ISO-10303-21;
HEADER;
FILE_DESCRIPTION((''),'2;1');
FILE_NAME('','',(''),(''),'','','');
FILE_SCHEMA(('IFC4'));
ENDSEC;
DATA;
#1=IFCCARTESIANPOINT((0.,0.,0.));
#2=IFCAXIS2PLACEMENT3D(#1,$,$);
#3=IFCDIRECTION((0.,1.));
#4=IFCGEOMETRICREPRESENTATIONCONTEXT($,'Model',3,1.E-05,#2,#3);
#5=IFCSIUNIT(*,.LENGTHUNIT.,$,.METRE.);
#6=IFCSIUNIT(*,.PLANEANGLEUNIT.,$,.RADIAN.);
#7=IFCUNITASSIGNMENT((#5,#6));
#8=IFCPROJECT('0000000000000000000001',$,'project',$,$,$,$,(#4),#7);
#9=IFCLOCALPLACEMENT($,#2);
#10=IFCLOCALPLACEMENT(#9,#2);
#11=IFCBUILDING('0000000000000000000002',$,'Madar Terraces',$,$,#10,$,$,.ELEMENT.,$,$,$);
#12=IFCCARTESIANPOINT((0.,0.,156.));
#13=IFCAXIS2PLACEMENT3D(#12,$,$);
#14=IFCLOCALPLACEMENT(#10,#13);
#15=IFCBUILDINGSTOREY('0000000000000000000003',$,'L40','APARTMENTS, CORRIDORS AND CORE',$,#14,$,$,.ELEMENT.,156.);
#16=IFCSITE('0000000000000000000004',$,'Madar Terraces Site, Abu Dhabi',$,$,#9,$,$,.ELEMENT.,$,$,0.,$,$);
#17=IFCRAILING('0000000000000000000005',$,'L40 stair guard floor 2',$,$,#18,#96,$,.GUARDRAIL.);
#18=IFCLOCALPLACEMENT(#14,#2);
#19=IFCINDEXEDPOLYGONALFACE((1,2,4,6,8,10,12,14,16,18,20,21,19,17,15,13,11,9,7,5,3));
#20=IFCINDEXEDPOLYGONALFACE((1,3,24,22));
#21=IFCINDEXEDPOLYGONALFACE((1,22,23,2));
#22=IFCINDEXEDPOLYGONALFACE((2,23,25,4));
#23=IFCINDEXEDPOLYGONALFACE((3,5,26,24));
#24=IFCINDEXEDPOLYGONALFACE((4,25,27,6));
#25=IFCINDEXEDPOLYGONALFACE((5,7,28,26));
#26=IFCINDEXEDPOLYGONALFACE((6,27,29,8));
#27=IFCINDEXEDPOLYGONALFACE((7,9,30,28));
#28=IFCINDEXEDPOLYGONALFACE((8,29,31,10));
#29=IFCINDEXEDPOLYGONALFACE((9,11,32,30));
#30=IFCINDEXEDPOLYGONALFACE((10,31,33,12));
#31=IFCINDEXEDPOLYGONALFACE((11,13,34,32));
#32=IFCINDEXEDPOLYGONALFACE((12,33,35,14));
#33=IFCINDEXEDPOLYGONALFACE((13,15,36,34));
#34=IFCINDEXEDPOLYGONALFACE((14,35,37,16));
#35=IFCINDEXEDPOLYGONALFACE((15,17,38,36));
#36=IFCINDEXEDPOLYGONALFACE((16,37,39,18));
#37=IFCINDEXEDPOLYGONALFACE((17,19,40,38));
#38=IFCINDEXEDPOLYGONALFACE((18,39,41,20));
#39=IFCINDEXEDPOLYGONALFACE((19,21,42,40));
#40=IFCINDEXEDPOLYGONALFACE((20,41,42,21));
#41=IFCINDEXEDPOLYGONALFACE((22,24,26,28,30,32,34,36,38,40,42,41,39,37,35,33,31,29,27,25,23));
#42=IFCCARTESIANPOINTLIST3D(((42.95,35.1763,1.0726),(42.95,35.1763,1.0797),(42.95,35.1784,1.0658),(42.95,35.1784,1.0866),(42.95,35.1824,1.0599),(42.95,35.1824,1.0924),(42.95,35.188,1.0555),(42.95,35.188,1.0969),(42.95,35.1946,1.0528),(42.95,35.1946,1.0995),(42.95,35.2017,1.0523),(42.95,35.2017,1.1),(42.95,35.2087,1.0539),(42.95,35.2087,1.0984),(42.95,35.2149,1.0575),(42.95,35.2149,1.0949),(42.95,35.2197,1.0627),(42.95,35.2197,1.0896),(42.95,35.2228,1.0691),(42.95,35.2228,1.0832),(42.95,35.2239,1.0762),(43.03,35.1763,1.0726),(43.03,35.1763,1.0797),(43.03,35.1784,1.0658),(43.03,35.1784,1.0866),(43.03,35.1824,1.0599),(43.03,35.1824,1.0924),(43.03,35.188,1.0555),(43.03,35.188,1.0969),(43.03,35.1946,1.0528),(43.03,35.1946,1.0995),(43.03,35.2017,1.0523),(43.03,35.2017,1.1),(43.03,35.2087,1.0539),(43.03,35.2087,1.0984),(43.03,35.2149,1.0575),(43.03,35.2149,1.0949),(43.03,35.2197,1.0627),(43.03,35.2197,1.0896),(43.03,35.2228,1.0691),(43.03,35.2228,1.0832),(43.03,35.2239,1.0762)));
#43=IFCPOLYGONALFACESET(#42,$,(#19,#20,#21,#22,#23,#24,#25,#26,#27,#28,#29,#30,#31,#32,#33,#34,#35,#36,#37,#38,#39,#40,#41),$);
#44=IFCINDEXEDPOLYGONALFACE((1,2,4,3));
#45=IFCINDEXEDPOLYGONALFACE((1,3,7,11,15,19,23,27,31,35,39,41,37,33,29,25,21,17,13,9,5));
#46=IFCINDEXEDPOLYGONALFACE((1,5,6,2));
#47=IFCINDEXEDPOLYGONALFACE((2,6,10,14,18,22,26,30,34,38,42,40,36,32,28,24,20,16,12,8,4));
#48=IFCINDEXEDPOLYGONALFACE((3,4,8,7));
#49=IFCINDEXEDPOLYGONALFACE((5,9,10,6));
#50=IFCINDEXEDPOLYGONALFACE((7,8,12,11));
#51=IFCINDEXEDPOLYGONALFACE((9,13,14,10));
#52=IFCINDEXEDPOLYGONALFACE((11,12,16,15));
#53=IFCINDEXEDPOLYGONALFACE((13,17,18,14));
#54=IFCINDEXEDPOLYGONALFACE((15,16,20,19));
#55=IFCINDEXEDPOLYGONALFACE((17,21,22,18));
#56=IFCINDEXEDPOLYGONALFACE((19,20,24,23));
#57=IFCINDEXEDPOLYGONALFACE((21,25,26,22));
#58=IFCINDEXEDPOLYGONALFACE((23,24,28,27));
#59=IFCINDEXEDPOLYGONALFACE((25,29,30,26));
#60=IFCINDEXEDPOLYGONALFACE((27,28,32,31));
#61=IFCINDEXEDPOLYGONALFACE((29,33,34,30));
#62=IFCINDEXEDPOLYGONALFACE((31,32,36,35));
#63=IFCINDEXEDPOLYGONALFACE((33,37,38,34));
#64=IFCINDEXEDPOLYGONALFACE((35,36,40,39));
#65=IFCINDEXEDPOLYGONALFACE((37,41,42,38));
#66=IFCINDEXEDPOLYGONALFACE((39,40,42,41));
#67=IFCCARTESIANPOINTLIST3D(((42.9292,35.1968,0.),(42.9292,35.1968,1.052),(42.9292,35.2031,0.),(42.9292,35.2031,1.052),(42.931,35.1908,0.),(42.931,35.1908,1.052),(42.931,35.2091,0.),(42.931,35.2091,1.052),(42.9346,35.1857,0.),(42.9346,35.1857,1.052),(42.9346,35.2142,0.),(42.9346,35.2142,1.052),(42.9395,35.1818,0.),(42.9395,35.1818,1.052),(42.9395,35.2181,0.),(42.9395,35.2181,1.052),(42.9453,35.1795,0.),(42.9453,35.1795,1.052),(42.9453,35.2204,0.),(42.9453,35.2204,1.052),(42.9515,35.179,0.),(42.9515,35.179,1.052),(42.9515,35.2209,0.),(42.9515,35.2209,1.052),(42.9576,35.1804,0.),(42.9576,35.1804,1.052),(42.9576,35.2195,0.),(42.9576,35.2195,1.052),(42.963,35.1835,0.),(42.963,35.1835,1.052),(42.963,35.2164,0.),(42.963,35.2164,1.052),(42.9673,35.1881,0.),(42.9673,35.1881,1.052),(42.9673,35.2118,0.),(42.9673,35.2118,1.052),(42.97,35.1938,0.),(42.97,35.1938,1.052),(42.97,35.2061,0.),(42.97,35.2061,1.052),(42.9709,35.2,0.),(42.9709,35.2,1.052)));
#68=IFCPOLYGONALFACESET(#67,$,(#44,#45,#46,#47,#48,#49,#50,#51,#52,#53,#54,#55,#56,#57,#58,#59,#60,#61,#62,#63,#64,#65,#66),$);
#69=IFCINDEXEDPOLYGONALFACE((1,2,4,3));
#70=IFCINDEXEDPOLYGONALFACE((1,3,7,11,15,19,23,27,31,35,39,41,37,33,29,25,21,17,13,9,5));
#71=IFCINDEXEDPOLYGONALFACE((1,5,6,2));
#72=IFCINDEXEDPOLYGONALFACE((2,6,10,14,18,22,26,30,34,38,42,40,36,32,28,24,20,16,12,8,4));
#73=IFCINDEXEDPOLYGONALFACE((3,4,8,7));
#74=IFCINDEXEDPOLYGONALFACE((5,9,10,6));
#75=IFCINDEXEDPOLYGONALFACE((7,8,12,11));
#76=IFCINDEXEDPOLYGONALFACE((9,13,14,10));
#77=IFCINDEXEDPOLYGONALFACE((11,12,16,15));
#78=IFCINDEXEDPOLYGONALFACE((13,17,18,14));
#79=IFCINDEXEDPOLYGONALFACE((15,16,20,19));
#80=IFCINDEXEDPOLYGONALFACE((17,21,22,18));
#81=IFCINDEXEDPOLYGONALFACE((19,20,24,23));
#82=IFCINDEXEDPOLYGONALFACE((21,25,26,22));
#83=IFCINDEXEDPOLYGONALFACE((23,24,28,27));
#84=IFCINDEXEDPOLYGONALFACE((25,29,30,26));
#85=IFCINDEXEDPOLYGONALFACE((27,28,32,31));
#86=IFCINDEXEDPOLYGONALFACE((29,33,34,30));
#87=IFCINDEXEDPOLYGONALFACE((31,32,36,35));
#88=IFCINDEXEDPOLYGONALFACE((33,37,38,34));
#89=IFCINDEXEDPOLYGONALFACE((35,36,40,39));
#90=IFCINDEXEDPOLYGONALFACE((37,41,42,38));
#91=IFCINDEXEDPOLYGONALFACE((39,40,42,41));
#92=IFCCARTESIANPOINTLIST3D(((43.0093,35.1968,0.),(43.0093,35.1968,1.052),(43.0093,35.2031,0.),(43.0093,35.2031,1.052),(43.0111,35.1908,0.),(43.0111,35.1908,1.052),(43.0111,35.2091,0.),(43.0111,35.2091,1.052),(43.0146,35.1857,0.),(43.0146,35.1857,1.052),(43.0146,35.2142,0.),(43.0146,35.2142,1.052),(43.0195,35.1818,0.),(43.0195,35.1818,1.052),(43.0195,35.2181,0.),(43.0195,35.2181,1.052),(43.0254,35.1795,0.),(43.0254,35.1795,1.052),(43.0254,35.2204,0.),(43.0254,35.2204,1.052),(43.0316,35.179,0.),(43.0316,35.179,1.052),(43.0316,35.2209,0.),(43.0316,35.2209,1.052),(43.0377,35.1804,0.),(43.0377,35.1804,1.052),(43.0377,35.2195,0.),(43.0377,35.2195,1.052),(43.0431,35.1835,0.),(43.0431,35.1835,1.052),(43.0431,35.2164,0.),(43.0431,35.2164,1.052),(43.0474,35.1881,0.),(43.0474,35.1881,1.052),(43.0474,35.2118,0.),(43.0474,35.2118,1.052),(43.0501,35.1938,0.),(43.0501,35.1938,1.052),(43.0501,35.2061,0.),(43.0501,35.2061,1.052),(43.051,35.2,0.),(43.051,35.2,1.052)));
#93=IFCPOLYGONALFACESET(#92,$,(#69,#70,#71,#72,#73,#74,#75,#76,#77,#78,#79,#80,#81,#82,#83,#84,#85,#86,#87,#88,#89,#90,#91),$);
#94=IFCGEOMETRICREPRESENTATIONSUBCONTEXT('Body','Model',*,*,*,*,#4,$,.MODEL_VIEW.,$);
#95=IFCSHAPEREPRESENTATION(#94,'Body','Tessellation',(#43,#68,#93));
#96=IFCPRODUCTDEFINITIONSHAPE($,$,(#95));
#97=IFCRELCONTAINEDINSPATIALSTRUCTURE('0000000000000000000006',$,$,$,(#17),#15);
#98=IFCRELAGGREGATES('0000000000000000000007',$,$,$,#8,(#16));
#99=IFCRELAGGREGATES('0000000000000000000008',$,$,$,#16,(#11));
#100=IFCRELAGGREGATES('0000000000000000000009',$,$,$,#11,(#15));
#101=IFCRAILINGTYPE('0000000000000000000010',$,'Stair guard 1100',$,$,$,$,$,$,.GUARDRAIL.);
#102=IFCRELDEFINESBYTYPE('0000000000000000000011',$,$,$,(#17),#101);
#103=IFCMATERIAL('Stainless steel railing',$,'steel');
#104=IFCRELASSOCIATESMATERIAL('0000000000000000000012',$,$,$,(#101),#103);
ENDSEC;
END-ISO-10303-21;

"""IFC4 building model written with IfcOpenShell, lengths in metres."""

from ifc_helpers import new_model, si_unit, direction, frame, origin, origin_2d, place, context, subcontext, project, spatial, circle, extrude, material, type_object, element, save


model = new_model("IFC4")

# Units and contexts
model_context = context("Model", 3, precision=1e-05, world=origin(), true_north=direction((0.0, 1.0)))
body_context = subcontext(model_context, "Body", "Model", "MODEL_VIEW")
ifc_project = project(units=[si_unit("LENGTHUNIT", "METRE"), si_unit("PLANEANGLEUNIT", "RADIAN")], contexts=[model_context])

# Site, building, storey
site_placement = place(None, origin())
site = spatial("IfcSite", under=ifc_project, at=site_placement, Name="Madar Terraces Site, Abu Dhabi", CompositionType="ELEMENT", RefElevation=0.0)
building_placement = place(site_placement, origin())
building = spatial("IfcBuilding", under=site, at=building_placement, Name="Madar Terraces", CompositionType="ELEMENT")
storey_placement = place(building_placement, frame((0.0, 0.0, 156.0)))
storey = spatial("IfcBuildingStorey", under=building, at=storey_placement, Name="L40", Description="APARTMENTS, CORRIDORS AND CORE", CompositionType="ELEMENT", Elevation=156.0)

# Railing
ifc_material_1 = material(Name="Stainless steel railing", Category="steel")
railing_type_1 = type_object("IfcRailingType", Name="Stair guard 1100", PredefinedType="GUARDRAIL", material=ifc_material_1)
railing_1_placement = place(storey_placement, frame((42.95, 35.2, 0.0)))
element("IfcRailing", 1, at=railing_1_placement, inside=storey, type_object=railing_type_1, Name="L40 stair guard floor 2", PredefinedType="GUARDRAIL", context=body_context, shape_type="SweptSolid", body=[
    extrude(circle(Radius=0.0239, at=origin_2d()), frame((0.0, 0.0, 1.0762), z_axis=(1.0, 0.0, 0.0), x_axis=(0.0, 1.0, 0.0)), (0.0, 0.0, 1.0), 0.0801),
    extrude(circle(Radius=0.021, at=origin_2d()), origin(), (0.0, 0.0, 1.0), 1.052),
    extrude(circle(Radius=0.021, at=origin_2d()), frame((0.0801, 0.0, 0.0)), (0.0, 0.0, 1.0), 1.052),
])

save(model, "model.ifc")
